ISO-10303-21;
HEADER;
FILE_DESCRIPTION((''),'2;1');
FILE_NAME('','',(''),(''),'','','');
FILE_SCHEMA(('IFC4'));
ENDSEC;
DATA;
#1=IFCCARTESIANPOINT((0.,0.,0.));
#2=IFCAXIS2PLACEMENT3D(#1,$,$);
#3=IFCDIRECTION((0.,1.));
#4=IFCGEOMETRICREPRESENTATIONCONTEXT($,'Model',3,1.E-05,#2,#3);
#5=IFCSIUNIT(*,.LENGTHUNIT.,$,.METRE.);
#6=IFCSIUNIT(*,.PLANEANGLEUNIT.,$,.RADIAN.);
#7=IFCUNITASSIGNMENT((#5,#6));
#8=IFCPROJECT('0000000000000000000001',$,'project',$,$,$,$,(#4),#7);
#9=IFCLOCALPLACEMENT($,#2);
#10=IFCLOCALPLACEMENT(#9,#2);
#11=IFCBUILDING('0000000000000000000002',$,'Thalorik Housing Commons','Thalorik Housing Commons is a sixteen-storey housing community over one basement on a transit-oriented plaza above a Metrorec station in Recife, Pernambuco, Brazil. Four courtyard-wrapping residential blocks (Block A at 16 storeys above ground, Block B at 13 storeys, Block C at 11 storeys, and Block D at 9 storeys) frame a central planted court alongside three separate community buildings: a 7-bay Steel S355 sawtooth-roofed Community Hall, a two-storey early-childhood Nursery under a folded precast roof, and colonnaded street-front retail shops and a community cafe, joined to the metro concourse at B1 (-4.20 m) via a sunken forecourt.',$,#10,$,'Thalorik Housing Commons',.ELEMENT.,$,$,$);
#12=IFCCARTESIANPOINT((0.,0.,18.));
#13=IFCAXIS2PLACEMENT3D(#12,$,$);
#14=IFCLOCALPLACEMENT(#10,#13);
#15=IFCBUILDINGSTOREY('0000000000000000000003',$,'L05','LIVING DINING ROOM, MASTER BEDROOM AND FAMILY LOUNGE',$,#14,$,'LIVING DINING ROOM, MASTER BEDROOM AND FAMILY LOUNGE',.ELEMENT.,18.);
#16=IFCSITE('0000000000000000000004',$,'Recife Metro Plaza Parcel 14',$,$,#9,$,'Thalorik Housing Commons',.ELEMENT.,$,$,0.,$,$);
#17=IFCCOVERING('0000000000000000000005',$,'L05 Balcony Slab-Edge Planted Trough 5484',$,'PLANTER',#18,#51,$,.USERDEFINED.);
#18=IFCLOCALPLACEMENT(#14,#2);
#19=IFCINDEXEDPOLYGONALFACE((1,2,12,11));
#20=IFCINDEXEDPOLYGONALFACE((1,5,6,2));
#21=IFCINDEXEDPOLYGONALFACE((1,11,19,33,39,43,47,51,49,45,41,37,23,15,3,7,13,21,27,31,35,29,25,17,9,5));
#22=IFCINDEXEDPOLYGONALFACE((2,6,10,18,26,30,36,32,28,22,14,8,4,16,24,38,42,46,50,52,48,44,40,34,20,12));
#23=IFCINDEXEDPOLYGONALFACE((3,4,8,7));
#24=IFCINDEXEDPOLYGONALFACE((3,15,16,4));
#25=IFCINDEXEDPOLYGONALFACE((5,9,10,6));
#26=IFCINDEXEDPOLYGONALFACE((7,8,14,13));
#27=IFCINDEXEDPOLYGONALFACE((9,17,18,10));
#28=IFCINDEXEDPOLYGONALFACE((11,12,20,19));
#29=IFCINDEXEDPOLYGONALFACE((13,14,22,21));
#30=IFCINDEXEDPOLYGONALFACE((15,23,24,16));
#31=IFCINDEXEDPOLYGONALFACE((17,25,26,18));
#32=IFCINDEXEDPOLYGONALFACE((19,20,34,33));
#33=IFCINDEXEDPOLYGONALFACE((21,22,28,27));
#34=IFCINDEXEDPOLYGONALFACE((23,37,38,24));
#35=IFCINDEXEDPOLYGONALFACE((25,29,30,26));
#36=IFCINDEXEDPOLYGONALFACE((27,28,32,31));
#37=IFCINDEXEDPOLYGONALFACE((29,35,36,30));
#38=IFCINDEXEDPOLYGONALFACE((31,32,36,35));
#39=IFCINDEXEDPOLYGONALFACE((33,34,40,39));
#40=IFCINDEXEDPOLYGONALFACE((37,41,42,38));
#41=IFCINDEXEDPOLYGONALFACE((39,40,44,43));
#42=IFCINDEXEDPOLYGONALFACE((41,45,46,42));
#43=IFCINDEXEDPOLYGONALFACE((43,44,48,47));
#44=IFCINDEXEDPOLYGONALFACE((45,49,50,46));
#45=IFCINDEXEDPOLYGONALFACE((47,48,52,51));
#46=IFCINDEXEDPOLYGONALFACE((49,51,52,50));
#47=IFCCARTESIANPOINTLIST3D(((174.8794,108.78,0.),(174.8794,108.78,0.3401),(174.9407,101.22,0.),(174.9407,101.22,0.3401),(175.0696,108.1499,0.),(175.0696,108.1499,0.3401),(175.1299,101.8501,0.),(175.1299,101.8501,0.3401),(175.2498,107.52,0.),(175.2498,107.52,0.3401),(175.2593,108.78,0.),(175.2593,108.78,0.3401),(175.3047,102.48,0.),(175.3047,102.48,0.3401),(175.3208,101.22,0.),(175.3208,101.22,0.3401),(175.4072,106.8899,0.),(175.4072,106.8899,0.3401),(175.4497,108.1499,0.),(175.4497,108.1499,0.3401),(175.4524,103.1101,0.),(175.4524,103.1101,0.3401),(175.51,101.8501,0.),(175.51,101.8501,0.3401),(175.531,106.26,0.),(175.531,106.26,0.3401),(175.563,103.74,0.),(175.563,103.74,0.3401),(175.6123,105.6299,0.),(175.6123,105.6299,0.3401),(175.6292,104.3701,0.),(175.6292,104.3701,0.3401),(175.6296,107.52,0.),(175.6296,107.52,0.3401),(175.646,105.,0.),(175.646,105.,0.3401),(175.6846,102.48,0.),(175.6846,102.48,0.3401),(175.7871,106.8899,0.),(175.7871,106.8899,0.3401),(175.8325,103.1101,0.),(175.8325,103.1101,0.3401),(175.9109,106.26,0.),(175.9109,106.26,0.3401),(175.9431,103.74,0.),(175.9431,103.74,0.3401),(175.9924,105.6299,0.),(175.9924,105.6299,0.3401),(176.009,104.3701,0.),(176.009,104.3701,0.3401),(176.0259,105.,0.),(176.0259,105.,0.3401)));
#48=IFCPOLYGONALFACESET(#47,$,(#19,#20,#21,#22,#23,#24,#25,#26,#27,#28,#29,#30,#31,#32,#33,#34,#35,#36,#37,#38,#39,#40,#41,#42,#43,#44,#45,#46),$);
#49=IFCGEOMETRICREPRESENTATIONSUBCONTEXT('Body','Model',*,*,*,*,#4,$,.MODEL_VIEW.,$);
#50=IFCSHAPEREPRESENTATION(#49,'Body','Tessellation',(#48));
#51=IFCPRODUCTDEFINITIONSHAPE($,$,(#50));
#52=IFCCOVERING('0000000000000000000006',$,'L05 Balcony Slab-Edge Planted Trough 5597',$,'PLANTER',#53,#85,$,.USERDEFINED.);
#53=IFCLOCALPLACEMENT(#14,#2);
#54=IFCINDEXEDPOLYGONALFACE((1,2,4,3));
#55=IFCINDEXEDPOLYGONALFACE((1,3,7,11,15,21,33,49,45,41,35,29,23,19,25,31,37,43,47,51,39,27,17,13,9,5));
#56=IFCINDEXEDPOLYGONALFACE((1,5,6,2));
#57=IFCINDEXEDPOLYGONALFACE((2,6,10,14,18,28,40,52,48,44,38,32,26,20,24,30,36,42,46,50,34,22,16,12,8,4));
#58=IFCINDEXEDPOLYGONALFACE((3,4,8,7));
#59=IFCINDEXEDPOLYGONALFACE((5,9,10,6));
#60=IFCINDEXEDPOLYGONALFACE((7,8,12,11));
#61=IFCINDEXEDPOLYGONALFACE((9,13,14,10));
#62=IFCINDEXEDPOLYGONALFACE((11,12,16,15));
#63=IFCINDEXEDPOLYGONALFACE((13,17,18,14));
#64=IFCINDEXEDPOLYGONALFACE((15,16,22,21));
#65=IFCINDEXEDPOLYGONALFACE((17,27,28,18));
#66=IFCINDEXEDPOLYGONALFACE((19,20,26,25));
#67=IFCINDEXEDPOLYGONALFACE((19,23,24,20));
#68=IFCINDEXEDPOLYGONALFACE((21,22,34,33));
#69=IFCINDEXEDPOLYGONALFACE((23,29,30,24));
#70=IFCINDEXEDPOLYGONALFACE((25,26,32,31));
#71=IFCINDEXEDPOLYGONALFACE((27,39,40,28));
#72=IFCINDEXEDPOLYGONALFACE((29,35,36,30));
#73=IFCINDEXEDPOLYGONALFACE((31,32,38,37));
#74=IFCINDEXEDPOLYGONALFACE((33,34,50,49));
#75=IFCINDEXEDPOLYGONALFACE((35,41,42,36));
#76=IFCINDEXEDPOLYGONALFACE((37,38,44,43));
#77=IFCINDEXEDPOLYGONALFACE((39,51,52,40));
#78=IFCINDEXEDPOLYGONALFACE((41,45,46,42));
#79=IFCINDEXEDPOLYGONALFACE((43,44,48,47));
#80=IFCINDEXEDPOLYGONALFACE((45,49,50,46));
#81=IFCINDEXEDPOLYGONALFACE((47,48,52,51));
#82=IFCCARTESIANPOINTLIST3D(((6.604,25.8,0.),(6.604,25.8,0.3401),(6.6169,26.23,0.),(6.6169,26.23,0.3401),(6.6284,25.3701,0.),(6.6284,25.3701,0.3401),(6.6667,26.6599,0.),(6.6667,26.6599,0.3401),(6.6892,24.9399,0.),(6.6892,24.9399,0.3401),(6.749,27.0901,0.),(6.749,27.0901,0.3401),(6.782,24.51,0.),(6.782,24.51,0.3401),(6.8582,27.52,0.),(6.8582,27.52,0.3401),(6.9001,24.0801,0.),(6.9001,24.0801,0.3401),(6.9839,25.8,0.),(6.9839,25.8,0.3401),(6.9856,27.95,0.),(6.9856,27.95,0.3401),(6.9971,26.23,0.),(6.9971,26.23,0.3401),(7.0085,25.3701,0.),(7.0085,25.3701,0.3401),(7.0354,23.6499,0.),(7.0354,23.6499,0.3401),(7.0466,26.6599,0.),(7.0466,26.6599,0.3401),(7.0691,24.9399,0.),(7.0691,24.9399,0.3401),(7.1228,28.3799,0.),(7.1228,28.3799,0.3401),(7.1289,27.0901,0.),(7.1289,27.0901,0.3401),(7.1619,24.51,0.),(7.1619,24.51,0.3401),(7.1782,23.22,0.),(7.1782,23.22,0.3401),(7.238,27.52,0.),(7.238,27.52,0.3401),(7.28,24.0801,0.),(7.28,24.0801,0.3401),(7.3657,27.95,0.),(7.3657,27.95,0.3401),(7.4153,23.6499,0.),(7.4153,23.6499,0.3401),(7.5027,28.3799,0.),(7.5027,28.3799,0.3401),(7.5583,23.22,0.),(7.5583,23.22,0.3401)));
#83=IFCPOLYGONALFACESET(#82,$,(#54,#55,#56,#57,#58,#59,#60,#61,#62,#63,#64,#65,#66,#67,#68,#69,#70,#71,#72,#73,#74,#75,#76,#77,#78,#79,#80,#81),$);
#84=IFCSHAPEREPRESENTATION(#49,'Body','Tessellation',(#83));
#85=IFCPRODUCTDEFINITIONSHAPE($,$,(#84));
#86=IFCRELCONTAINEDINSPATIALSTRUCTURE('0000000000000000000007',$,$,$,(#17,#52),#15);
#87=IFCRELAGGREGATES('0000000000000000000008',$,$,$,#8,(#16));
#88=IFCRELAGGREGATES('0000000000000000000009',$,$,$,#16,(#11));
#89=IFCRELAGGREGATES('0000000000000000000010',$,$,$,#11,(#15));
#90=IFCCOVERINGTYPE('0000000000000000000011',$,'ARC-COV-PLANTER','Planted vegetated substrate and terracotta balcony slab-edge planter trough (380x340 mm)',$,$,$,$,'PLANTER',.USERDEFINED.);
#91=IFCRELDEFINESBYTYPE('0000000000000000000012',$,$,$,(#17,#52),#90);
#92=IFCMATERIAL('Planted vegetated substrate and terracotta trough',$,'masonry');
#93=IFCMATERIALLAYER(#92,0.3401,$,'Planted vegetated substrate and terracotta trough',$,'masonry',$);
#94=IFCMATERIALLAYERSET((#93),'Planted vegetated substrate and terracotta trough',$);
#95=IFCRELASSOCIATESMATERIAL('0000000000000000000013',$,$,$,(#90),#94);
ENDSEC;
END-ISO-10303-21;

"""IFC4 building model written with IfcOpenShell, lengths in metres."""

from ifc_helpers import new_model, si_unit, direction, frame, origin, place, context, subcontext, project, spatial, polyline, outline, extrude, material, layer, layer_set, type_object, element, save


model = new_model("IFC4")

# Units and contexts
model_context = context("Model", 3, precision=1e-05, world=origin(), true_north=direction((0.0, 1.0)))
body_context = subcontext(model_context, "Body", "Model", "MODEL_VIEW")
ifc_project = project(units=[si_unit("LENGTHUNIT", "METRE"), si_unit("PLANEANGLEUNIT", "RADIAN")], contexts=[model_context])

# Site, building, storey
site_placement = place(None, origin())
site = spatial("IfcSite", under=ifc_project, at=site_placement, Name="Recife Metro Plaza Parcel 14", LongName="Thalorik Housing Commons", CompositionType="ELEMENT", RefElevation=0.0)
building_placement = place(site_placement, origin())
building = spatial("IfcBuilding", under=site, at=building_placement, Name="Thalorik Housing Commons", Description="Thalorik Housing Commons is a sixteen-storey housing community over one basement on a transit-oriented plaza above a Metrorec station in Recife, Pernambuco, Brazil. Four courtyard-wrapping residential blocks (Block A at 16 storeys above ground, Block B at 13 storeys, Block C at 11 storeys, and Block D at 9 storeys) frame a central planted court alongside three separate community buildings: a 7-bay Steel S355 sawtooth-roofed Community Hall, a two-storey early-childhood Nursery under a folded precast roof, and colonnaded street-front retail shops and a community cafe, joined to the metro concourse at B1 (-4.20 m) via a sunken forecourt.", LongName="Thalorik Housing Commons", CompositionType="ELEMENT")
storey_placement = place(building_placement, frame((0.0, 0.0, 18.0)))
storey = spatial("IfcBuildingStorey", under=building, at=storey_placement, Name="L05", Description="LIVING DINING ROOM, MASTER BEDROOM AND FAMILY LOUNGE", LongName="LIVING DINING ROOM, MASTER BEDROOM AND FAMILY LOUNGE", CompositionType="ELEMENT", Elevation=18.0)

# Coverings
ifc_material = material(Name="Planted vegetated substrate and terracotta trough", Category="masonry")
ifc_layer = layer(ifc_material, 0.3401, Name="Planted vegetated substrate and terracotta trough", Category="masonry")
ifc_layer_set = layer_set([ifc_layer], Name="Planted vegetated substrate and terracotta trough")
covering_type = type_object("IfcCoveringType", Name="ARC-COV-PLANTER", Description="Planted vegetated substrate and terracotta balcony slab-edge planter trough (380x340 mm)", ElementType="PLANTER", PredefinedType="USERDEFINED", material=ifc_layer_set)
covering_1_placement = place(storey_placement, origin())
element("IfcCovering", 1, at=covering_1_placement, inside=storey, type_object=covering_type, Name="L05 Balcony Slab-Edge Planted Trough 5484", ObjectType="PLANTER", PredefinedType="USERDEFINED", context=body_context, shape_type="SweptSolid", body=[
    extrude(outline(polyline([(175.3208, 101.22), (175.51, 101.8501), (175.6846, 102.48), (175.8325, 103.1101), (175.9431, 103.74), (176.009, 104.3701), (176.0259, 105.0), (175.9924, 105.6299), (175.9109, 106.26), (175.7871, 106.8899), (175.6296, 107.52), (175.4497, 108.1499), (175.2593, 108.78), (174.8794, 108.78), (175.0696, 108.1499), (175.2498, 107.52), (175.4072, 106.8899), (175.531, 106.26), (175.6123, 105.6299), (175.646, 105.0), (175.6292, 104.3701), (175.563, 103.74), (175.4524, 103.1101), (175.3047, 102.48), (175.1299, 101.8501), (174.9407, 101.22), (175.3208, 101.22)])), origin(), (0.0, 0.0, 1.0), 0.3401),
])
covering_2_placement = place(storey_placement, origin())
element("IfcCovering", 2, at=covering_2_placement, inside=storey, type_object=covering_type, Name="L05 Balcony Slab-Edge Planted Trough 5597", ObjectType="PLANTER", PredefinedType="USERDEFINED", context=body_context, shape_type="SweptSolid", body=[
    extrude(outline(polyline([(7.1228, 28.3799), (6.9856, 27.95), (6.8582, 27.52), (6.749, 27.0901), (6.6667, 26.6599), (6.6169, 26.23), (6.604, 25.8), (6.6284, 25.3701), (6.6892, 24.9399), (6.782, 24.51), (6.9001, 24.0801), (7.0354, 23.6499), (7.1782, 23.22), (7.5583, 23.22), (7.4153, 23.6499), (7.28, 24.0801), (7.1619, 24.51), (7.0691, 24.9399), (7.0085, 25.3701), (6.9839, 25.8), (6.9971, 26.23), (7.0466, 26.6599), (7.1289, 27.0901), (7.238, 27.52), (7.3657, 27.95), (7.5027, 28.3799), (7.1228, 28.3799)])), origin(), (0.0, 0.0, 1.0), 0.3401),
])

save(model, "model.ifc")
